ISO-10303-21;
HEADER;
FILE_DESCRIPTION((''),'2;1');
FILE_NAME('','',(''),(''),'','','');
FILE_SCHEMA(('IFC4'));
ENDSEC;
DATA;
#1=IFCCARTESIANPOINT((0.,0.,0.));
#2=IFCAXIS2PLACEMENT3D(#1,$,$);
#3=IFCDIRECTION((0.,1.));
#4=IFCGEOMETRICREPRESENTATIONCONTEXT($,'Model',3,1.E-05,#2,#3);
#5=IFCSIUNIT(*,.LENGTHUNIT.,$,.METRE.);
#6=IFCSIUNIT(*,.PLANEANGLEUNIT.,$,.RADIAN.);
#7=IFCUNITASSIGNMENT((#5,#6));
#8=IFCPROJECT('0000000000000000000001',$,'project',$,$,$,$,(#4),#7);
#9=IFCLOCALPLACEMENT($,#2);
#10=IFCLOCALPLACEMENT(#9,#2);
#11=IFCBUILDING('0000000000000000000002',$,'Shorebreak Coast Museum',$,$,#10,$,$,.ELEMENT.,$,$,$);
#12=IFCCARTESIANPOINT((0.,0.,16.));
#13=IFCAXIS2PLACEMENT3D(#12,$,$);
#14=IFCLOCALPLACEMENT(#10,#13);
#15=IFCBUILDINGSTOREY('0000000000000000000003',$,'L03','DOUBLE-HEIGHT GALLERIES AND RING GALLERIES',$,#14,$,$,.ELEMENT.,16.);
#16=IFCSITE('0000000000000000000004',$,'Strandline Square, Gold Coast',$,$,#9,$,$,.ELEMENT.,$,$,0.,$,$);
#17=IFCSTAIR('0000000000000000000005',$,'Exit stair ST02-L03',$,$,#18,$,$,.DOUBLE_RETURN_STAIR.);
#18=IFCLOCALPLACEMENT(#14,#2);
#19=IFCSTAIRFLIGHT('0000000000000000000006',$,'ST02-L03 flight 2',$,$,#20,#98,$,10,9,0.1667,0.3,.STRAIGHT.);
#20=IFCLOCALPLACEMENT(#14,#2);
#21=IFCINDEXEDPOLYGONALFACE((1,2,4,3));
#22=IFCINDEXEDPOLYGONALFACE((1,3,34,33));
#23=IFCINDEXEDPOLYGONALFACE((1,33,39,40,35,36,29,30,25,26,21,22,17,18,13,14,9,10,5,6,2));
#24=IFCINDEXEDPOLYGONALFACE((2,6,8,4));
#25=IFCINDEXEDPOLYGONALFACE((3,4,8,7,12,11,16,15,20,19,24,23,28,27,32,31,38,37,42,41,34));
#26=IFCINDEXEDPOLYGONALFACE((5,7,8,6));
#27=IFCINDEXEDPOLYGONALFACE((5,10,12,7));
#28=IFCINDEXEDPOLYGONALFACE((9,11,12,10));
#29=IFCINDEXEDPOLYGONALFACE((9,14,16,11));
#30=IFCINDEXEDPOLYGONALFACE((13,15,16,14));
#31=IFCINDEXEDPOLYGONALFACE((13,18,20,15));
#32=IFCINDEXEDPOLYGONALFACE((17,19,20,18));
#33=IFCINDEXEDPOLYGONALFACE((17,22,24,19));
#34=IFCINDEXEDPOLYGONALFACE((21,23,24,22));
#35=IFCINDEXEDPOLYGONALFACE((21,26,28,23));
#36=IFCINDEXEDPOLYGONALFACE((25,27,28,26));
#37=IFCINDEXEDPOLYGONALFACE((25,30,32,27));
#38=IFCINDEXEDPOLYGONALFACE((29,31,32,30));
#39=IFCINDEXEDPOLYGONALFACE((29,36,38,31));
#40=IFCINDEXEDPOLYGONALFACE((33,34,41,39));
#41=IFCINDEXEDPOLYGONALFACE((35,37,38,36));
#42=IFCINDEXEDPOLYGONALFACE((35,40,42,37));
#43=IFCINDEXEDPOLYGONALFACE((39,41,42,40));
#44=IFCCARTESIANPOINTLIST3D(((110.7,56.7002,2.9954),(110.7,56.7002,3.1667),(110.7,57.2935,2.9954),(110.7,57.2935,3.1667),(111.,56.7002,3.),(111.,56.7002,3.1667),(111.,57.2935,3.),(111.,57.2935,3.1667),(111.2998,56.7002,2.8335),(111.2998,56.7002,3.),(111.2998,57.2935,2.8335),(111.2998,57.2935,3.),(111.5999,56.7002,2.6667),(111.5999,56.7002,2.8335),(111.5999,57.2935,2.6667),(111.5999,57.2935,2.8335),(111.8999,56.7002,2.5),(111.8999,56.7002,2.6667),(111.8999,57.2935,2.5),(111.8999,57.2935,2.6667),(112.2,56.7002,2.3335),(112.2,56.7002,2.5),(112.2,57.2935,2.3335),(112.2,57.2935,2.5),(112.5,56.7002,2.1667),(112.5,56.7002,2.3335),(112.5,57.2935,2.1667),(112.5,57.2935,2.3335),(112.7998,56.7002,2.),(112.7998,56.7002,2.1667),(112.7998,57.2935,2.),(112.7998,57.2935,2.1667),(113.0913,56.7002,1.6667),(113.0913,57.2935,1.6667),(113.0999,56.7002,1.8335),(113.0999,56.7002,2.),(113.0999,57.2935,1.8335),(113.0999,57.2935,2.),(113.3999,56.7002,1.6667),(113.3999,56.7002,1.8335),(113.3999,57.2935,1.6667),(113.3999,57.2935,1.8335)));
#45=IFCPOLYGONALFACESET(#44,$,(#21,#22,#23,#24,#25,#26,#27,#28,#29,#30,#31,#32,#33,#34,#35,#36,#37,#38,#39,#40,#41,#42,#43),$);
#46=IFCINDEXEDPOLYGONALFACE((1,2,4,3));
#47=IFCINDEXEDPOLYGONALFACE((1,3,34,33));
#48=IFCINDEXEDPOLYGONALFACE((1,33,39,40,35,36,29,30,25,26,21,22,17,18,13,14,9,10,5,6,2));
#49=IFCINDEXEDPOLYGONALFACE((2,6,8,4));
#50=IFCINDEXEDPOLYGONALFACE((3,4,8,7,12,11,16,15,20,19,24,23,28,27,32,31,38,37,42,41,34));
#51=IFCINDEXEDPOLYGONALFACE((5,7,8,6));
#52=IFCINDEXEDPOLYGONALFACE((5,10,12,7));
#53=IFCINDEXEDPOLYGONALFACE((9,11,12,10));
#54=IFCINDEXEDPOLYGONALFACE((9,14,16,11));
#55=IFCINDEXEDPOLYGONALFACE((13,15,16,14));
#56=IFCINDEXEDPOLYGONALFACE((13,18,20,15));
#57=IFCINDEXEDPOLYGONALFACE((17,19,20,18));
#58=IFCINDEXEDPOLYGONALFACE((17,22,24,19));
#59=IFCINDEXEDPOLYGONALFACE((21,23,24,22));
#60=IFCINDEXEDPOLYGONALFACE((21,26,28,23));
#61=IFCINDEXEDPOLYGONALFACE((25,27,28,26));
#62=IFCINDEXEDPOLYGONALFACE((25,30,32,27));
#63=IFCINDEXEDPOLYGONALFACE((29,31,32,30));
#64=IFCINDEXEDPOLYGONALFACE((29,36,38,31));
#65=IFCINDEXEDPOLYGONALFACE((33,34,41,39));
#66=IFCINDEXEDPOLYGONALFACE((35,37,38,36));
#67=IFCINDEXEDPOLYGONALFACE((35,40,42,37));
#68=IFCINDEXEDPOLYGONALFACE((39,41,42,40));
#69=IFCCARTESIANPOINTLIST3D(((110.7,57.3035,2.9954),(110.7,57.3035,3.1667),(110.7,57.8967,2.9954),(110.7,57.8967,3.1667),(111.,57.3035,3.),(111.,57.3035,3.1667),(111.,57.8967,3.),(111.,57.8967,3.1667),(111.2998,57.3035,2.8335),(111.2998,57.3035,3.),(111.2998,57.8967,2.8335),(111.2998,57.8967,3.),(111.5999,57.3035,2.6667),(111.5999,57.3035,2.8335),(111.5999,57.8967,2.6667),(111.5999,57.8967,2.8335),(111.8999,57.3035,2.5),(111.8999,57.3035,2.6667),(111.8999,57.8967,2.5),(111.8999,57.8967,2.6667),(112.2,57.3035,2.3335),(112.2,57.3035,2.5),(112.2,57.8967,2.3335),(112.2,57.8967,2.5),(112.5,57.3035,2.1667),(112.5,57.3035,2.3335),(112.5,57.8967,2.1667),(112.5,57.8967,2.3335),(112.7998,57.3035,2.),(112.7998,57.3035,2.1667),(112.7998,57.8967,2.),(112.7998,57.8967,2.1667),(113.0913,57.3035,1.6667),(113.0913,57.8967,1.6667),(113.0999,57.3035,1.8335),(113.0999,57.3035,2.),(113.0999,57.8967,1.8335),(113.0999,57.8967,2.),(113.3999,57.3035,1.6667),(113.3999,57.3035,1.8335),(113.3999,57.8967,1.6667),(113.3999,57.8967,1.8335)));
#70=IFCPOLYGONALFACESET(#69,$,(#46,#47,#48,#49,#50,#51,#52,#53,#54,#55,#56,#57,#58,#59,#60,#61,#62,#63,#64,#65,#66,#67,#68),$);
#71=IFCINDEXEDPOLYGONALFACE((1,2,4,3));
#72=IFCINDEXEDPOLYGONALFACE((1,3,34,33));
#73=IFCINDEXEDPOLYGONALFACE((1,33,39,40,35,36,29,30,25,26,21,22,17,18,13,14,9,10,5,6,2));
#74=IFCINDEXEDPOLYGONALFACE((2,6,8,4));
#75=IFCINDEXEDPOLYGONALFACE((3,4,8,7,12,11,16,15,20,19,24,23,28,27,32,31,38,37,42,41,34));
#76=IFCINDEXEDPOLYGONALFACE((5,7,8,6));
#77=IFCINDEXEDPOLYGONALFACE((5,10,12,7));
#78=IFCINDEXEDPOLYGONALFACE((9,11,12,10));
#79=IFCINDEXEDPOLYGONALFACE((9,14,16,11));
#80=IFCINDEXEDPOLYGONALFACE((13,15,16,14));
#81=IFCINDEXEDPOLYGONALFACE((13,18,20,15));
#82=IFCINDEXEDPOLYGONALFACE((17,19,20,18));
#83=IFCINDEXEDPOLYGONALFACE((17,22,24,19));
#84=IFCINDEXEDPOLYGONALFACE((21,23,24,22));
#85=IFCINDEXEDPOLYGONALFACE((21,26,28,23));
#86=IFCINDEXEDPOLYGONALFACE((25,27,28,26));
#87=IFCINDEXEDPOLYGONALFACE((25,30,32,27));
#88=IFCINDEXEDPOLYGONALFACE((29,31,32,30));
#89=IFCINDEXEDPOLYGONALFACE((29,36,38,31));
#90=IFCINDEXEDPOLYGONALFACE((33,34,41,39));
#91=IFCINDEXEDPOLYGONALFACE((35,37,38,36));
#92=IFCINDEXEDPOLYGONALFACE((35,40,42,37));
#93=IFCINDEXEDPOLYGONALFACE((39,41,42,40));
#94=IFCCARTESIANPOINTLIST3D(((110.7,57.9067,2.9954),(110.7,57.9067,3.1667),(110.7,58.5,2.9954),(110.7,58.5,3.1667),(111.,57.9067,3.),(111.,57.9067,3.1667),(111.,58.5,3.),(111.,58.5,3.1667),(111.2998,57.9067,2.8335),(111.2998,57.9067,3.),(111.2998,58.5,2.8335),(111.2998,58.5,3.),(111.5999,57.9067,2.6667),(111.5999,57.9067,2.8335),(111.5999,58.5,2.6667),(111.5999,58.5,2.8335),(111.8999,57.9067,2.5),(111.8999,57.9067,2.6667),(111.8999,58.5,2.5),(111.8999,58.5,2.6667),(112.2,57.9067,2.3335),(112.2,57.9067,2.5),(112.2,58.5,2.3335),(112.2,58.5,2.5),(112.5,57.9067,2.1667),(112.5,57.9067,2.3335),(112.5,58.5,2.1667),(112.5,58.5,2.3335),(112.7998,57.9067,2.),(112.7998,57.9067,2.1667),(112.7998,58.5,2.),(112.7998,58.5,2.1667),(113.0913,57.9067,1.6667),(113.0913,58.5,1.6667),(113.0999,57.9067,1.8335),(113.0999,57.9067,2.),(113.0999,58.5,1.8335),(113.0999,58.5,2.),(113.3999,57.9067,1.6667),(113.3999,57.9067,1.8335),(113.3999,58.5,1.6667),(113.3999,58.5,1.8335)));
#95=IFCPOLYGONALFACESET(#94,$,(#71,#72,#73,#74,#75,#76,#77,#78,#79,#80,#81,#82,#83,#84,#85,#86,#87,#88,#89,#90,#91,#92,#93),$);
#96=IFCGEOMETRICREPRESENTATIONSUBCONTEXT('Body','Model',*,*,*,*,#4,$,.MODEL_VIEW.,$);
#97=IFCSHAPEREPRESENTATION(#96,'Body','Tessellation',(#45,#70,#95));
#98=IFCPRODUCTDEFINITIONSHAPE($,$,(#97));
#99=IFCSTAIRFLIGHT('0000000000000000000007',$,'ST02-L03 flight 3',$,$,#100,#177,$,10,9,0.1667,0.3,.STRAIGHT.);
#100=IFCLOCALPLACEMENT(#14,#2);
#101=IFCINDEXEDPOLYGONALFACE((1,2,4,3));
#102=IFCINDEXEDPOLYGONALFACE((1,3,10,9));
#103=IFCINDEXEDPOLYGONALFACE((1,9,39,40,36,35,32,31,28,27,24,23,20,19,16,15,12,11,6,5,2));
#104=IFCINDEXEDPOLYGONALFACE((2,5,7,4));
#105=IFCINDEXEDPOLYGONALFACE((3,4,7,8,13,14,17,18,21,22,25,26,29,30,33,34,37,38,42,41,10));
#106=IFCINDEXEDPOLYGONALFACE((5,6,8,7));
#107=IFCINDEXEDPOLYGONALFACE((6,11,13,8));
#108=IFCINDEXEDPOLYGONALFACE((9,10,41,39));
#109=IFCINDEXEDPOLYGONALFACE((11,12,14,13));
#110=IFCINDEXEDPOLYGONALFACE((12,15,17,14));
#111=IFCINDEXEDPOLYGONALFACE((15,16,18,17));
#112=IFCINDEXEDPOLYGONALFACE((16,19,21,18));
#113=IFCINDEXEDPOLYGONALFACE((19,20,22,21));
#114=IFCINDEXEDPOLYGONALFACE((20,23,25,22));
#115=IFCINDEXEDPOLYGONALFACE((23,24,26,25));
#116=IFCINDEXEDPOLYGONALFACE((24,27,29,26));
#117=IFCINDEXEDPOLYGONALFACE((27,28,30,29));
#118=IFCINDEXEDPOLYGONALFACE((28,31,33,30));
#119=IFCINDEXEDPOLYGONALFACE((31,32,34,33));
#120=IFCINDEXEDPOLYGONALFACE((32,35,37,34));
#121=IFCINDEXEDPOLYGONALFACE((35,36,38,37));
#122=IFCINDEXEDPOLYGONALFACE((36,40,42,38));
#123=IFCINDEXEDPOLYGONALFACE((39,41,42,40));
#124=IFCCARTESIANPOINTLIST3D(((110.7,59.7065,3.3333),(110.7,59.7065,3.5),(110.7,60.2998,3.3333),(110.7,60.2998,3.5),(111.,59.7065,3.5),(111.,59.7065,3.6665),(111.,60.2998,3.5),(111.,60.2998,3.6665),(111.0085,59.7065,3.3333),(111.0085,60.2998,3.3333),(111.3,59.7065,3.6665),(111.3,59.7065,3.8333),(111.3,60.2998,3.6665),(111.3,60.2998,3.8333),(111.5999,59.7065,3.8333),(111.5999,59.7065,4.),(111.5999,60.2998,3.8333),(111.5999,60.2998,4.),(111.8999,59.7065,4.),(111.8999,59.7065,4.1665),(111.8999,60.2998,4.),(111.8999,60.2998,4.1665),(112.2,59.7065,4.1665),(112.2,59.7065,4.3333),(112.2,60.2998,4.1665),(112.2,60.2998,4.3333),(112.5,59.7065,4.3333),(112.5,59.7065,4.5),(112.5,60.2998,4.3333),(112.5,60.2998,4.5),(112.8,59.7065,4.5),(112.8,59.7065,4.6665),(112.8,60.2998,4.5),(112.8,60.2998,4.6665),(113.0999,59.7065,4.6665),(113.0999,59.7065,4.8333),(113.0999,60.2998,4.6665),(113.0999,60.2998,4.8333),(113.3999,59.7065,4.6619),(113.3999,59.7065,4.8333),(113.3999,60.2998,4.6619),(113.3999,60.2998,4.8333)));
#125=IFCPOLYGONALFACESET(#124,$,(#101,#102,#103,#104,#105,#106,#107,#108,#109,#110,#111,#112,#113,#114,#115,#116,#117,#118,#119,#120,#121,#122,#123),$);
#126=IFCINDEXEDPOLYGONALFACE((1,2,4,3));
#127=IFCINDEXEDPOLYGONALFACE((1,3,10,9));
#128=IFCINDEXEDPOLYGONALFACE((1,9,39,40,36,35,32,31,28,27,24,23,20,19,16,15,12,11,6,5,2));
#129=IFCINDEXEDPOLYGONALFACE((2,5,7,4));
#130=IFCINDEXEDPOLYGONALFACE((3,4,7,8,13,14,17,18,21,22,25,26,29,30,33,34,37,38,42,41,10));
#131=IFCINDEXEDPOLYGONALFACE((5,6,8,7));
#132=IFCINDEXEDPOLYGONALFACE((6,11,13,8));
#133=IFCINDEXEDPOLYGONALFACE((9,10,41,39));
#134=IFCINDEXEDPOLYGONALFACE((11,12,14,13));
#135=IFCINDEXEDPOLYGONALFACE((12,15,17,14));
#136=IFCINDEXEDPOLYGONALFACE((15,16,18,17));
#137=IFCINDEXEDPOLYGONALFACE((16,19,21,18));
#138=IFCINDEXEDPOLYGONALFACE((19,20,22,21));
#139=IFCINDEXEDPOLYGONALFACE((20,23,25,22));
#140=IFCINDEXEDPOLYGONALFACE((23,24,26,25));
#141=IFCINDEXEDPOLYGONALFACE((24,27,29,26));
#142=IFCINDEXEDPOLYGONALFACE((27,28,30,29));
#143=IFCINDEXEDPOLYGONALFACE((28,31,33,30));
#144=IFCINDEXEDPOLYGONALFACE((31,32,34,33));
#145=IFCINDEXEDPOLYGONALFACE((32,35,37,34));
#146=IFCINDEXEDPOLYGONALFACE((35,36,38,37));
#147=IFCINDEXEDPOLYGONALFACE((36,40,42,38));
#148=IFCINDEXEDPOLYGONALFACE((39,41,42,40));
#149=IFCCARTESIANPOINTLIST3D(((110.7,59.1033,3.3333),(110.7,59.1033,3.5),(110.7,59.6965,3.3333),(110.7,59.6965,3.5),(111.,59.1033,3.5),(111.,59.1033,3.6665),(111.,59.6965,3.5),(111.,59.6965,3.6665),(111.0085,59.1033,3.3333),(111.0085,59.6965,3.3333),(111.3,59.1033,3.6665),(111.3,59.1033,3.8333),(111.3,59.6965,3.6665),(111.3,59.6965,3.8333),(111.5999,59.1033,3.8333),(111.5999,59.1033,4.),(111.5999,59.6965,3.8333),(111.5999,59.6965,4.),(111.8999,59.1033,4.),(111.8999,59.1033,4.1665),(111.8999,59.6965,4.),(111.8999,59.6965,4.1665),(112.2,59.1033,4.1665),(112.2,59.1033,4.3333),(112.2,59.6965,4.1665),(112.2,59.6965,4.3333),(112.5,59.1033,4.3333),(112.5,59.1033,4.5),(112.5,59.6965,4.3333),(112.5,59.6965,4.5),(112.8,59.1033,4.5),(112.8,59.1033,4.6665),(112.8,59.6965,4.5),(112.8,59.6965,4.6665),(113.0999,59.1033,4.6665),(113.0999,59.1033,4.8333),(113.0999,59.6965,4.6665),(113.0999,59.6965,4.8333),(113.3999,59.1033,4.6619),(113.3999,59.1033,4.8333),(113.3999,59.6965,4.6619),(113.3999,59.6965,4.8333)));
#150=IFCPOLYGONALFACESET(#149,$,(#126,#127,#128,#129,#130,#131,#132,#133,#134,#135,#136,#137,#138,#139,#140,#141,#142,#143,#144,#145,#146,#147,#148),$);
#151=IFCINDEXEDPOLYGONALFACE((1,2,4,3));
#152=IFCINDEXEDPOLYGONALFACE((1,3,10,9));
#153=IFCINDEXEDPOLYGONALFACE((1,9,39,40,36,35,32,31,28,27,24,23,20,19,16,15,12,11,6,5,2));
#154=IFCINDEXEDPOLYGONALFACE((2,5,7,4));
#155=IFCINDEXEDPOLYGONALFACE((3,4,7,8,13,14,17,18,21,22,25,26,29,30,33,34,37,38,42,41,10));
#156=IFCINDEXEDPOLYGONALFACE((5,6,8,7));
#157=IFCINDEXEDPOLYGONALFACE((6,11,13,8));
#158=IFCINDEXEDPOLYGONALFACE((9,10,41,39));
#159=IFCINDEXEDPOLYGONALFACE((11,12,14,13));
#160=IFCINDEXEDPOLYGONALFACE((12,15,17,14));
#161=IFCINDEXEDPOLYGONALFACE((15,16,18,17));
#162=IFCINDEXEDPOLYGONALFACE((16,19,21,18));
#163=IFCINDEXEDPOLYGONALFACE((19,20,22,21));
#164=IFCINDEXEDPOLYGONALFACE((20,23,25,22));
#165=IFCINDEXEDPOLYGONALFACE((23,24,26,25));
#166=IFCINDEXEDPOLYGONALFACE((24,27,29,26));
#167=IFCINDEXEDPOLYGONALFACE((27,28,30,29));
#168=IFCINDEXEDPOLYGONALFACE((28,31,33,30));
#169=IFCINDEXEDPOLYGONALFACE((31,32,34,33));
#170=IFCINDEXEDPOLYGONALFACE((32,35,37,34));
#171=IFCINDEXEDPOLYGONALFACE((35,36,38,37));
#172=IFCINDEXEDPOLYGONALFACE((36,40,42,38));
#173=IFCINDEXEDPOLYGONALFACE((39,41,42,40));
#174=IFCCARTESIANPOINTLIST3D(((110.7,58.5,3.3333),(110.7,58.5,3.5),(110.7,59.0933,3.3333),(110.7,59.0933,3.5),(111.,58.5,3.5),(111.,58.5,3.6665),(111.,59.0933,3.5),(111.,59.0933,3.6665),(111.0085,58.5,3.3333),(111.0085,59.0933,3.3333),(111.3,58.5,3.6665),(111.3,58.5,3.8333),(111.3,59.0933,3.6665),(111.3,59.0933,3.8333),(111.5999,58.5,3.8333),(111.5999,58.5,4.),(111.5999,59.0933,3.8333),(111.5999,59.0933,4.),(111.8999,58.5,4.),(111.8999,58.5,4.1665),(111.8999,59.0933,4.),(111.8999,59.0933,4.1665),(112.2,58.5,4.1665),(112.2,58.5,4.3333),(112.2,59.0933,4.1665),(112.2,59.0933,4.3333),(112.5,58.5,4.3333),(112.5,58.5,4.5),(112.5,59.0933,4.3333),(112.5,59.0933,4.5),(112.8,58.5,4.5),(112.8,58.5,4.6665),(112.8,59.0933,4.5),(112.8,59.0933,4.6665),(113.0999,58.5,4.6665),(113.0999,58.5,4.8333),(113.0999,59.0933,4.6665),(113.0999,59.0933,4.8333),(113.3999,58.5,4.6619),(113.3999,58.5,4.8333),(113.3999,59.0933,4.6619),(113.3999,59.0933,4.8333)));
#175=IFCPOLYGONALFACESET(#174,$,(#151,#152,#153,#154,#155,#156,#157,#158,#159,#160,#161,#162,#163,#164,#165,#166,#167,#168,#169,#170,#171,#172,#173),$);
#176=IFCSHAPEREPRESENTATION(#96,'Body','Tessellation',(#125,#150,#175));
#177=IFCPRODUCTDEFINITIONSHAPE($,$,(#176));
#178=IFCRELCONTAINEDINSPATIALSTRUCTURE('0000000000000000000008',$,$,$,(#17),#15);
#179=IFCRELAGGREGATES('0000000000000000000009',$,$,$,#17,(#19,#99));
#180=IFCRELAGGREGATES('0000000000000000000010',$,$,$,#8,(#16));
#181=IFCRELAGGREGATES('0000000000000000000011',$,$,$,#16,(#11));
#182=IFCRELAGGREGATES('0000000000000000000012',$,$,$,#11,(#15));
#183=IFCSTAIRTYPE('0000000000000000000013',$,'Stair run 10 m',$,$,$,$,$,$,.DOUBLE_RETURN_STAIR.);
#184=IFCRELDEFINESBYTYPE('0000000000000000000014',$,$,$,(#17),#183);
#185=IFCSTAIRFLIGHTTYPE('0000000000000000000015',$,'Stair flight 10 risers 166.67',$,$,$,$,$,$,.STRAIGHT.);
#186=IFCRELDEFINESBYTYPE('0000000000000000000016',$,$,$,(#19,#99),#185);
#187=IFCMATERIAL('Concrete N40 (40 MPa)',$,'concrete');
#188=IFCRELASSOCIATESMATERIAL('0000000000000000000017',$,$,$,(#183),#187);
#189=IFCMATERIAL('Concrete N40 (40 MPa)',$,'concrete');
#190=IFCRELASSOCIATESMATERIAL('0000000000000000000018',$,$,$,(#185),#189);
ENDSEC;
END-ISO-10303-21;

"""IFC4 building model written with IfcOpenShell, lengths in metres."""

from ifc_helpers import new_model, si_unit, direction, frame, origin, place, context, subcontext, project, spatial, polyline, outline, extrude, material, type_object, element, aggregate, save


model = new_model("IFC4")

# Units and contexts
model_context = context("Model", 3, precision=1e-05, world=origin(), true_north=direction((0.0, 1.0)))
body_context = subcontext(model_context, "Body", "Model", "MODEL_VIEW")
ifc_project = project(units=[si_unit("LENGTHUNIT", "METRE"), si_unit("PLANEANGLEUNIT", "RADIAN")], contexts=[model_context])

# Site, building, storey
site_placement = place(None, origin())
site = spatial("IfcSite", under=ifc_project, at=site_placement, Name="Strandline Square, Gold Coast", CompositionType="ELEMENT", RefElevation=0.0)
building_placement = place(site_placement, origin())
building = spatial("IfcBuilding", under=site, at=building_placement, Name="Shorebreak Coast Museum", CompositionType="ELEMENT")
storey_placement = place(building_placement, frame((0.0, 0.0, 16.0)))
storey = spatial("IfcBuildingStorey", under=building, at=storey_placement, Name="L03", Description="DOUBLE-HEIGHT GALLERIES AND RING GALLERIES", CompositionType="ELEMENT", Elevation=16.0)

# Stair, stair flights
ifc_material_1 = material(Name="Concrete N40 (40 MPa)", Category="concrete")
stair_type = type_object("IfcStairType", Name="Stair run 10 m", PredefinedType="DOUBLE_RETURN_STAIR", material=ifc_material_1)
stair_placement = place(storey_placement, origin())
stair = element("IfcStair", 1, at=stair_placement, inside=storey, type_object=stair_type, Name="Exit stair ST02-L03", PredefinedType="DOUBLE_RETURN_STAIR")
ifc_material_2 = material(Name="Concrete N40 (40 MPa)", Category="concrete")
stair_flight_type = type_object("IfcStairFlightType", Name="Stair flight 10 risers 166.67", PredefinedType="STRAIGHT", material=ifc_material_2)
stair_flight_1_placement = place(storey_placement, frame((113.3999, 57.6001, 1.6667), z_axis=(0.0, 0.0, 1.0), x_axis=(-1.0, 0.0, 0.0)))
stair_flight_1 = element("IfcStairFlight", 2, at=stair_flight_1_placement, type_object=stair_flight_type, Name="ST02-L03 flight 2", NumberOfRisers=10, NumberOfTreads=9, PredefinedType="STRAIGHT", RiserHeight=0.1667, TreadLength=0.3, context=body_context, shape_type="SweptSolid", body=[
    extrude(outline(polyline([(0.0, 0.0), (0.0, 0.1667), (0.3, 0.1667), (0.3, 0.3333), (0.6001, 0.3333), (0.6001, 0.5), (0.8999, 0.5), (0.8999, 0.6667), (1.2, 0.6667), (1.2, 0.8333), (1.5, 0.8333), (1.5, 1.0), (1.8, 1.0), (1.8, 1.1667), (2.1001, 1.1667), (2.1001, 1.3333), (2.3999, 1.3333), (2.3999, 1.5), (2.7, 1.5), (2.7, 1.6667), (2.7, 1.3286), (0.3086, 0.0), (0.0, 0.0)])), frame((0.0, 0.8999, 0.0), z_axis=(0.0, -1.0, 0.0), x_axis=(1.0, 0.0, 0.0)), (0.0, 0.0, 1.0), 0.5933),
    extrude(outline(polyline([(0.0, 0.0), (0.0, 0.1667), (0.3, 0.1667), (0.3, 0.3333), (0.6001, 0.3333), (0.6001, 0.5), (0.8999, 0.5), (0.8999, 0.6667), (1.2, 0.6667), (1.2, 0.8333), (1.5, 0.8333), (1.5, 1.0), (1.8, 1.0), (1.8, 1.1667), (2.1001, 1.1667), (2.1001, 1.3333), (2.3999, 1.3333), (2.3999, 1.5), (2.7, 1.5), (2.7, 1.6667), (2.7, 1.3286), (0.3086, 0.0), (0.0, 0.0)])), frame((0.0, 0.2966, 0.0), z_axis=(0.0, -1.0, 0.0), x_axis=(1.0, 0.0, 0.0)), (0.0, 0.0, 1.0), 0.5933),
    extrude(outline(polyline([(0.0, 0.0), (0.0, 0.1667), (0.3, 0.1667), (0.3, 0.3333), (0.6001, 0.3333), (0.6001, 0.5), (0.8999, 0.5), (0.8999, 0.6667), (1.2, 0.6667), (1.2, 0.8333), (1.5, 0.8333), (1.5, 1.0), (1.8, 1.0), (1.8, 1.1667), (2.1001, 1.1667), (2.1001, 1.3333), (2.3999, 1.3333), (2.3999, 1.5), (2.7, 1.5), (2.7, 1.6667), (2.7, 1.3286), (0.3086, 0.0), (0.0, 0.0)])), frame((0.0, -0.3066, 0.0), z_axis=(0.0, -1.0, 0.0), x_axis=(1.0, 0.0, 0.0)), (0.0, 0.0, 1.0), 0.5933),
])
stair_flight_2_placement = place(storey_placement, frame((110.7, 59.3999, 3.3333), z_axis=(0.0, 0.0, 1.0), x_axis=(1.0, 0.0, 0.0)))
stair_flight_2 = element("IfcStairFlight", 3, at=stair_flight_2_placement, type_object=stair_flight_type, Name="ST02-L03 flight 3", NumberOfRisers=10, NumberOfTreads=9, PredefinedType="STRAIGHT", RiserHeight=0.1667, TreadLength=0.3, context=body_context, shape_type="SweptSolid", body=[
    extrude(outline(polyline([(0.0, 0.0), (0.0, 0.1667), (0.3, 0.1667), (0.3, 0.3333), (0.6001, 0.3333), (0.6001, 0.5), (0.8999, 0.5), (0.8999, 0.6667), (1.2, 0.6667), (1.2, 0.8333), (1.5, 0.8333), (1.5, 1.0), (1.8, 1.0), (1.8, 1.1667), (2.1001, 1.1667), (2.1001, 1.3333), (2.3999, 1.3333), (2.3999, 1.5), (2.7, 1.5), (2.7, 1.6667), (2.7, 1.3286), (0.3086, 0.0), (0.0, 0.0)])), frame((0.0, 0.8999, 0.0), z_axis=(0.0, -1.0, 0.0), x_axis=(1.0, 0.0, 0.0)), (0.0, 0.0, 1.0), 0.5933),
    extrude(outline(polyline([(0.0, 0.0), (0.0, 0.1667), (0.3, 0.1667), (0.3, 0.3333), (0.6001, 0.3333), (0.6001, 0.5), (0.8999, 0.5), (0.8999, 0.6667), (1.2, 0.6667), (1.2, 0.8333), (1.5, 0.8333), (1.5, 1.0), (1.8, 1.0), (1.8, 1.1667), (2.1001, 1.1667), (2.1001, 1.3333), (2.3999, 1.3333), (2.3999, 1.5), (2.7, 1.5), (2.7, 1.6667), (2.7, 1.3286), (0.3086, 0.0), (0.0, 0.0)])), frame((0.0, 0.2966, 0.0), z_axis=(0.0, -1.0, 0.0), x_axis=(1.0, 0.0, 0.0)), (0.0, 0.0, 1.0), 0.5933),
    extrude(outline(polyline([(0.0, 0.0), (0.0, 0.1667), (0.3, 0.1667), (0.3, 0.3333), (0.6001, 0.3333), (0.6001, 0.5), (0.8999, 0.5), (0.8999, 0.6667), (1.2, 0.6667), (1.2, 0.8333), (1.5, 0.8333), (1.5, 1.0), (1.8, 1.0), (1.8, 1.1667), (2.1001, 1.1667), (2.1001, 1.3333), (2.3999, 1.3333), (2.3999, 1.5), (2.7, 1.5), (2.7, 1.6667), (2.7, 1.3286), (0.3086, 0.0), (0.0, 0.0)])), frame((0.0, -0.3066, 0.0), z_axis=(0.0, -1.0, 0.0), x_axis=(1.0, 0.0, 0.0)), (0.0, 0.0, 1.0), 0.5933),
])
aggregate(stair, [stair_flight_1, stair_flight_2])

save(model, "model.ifc")
